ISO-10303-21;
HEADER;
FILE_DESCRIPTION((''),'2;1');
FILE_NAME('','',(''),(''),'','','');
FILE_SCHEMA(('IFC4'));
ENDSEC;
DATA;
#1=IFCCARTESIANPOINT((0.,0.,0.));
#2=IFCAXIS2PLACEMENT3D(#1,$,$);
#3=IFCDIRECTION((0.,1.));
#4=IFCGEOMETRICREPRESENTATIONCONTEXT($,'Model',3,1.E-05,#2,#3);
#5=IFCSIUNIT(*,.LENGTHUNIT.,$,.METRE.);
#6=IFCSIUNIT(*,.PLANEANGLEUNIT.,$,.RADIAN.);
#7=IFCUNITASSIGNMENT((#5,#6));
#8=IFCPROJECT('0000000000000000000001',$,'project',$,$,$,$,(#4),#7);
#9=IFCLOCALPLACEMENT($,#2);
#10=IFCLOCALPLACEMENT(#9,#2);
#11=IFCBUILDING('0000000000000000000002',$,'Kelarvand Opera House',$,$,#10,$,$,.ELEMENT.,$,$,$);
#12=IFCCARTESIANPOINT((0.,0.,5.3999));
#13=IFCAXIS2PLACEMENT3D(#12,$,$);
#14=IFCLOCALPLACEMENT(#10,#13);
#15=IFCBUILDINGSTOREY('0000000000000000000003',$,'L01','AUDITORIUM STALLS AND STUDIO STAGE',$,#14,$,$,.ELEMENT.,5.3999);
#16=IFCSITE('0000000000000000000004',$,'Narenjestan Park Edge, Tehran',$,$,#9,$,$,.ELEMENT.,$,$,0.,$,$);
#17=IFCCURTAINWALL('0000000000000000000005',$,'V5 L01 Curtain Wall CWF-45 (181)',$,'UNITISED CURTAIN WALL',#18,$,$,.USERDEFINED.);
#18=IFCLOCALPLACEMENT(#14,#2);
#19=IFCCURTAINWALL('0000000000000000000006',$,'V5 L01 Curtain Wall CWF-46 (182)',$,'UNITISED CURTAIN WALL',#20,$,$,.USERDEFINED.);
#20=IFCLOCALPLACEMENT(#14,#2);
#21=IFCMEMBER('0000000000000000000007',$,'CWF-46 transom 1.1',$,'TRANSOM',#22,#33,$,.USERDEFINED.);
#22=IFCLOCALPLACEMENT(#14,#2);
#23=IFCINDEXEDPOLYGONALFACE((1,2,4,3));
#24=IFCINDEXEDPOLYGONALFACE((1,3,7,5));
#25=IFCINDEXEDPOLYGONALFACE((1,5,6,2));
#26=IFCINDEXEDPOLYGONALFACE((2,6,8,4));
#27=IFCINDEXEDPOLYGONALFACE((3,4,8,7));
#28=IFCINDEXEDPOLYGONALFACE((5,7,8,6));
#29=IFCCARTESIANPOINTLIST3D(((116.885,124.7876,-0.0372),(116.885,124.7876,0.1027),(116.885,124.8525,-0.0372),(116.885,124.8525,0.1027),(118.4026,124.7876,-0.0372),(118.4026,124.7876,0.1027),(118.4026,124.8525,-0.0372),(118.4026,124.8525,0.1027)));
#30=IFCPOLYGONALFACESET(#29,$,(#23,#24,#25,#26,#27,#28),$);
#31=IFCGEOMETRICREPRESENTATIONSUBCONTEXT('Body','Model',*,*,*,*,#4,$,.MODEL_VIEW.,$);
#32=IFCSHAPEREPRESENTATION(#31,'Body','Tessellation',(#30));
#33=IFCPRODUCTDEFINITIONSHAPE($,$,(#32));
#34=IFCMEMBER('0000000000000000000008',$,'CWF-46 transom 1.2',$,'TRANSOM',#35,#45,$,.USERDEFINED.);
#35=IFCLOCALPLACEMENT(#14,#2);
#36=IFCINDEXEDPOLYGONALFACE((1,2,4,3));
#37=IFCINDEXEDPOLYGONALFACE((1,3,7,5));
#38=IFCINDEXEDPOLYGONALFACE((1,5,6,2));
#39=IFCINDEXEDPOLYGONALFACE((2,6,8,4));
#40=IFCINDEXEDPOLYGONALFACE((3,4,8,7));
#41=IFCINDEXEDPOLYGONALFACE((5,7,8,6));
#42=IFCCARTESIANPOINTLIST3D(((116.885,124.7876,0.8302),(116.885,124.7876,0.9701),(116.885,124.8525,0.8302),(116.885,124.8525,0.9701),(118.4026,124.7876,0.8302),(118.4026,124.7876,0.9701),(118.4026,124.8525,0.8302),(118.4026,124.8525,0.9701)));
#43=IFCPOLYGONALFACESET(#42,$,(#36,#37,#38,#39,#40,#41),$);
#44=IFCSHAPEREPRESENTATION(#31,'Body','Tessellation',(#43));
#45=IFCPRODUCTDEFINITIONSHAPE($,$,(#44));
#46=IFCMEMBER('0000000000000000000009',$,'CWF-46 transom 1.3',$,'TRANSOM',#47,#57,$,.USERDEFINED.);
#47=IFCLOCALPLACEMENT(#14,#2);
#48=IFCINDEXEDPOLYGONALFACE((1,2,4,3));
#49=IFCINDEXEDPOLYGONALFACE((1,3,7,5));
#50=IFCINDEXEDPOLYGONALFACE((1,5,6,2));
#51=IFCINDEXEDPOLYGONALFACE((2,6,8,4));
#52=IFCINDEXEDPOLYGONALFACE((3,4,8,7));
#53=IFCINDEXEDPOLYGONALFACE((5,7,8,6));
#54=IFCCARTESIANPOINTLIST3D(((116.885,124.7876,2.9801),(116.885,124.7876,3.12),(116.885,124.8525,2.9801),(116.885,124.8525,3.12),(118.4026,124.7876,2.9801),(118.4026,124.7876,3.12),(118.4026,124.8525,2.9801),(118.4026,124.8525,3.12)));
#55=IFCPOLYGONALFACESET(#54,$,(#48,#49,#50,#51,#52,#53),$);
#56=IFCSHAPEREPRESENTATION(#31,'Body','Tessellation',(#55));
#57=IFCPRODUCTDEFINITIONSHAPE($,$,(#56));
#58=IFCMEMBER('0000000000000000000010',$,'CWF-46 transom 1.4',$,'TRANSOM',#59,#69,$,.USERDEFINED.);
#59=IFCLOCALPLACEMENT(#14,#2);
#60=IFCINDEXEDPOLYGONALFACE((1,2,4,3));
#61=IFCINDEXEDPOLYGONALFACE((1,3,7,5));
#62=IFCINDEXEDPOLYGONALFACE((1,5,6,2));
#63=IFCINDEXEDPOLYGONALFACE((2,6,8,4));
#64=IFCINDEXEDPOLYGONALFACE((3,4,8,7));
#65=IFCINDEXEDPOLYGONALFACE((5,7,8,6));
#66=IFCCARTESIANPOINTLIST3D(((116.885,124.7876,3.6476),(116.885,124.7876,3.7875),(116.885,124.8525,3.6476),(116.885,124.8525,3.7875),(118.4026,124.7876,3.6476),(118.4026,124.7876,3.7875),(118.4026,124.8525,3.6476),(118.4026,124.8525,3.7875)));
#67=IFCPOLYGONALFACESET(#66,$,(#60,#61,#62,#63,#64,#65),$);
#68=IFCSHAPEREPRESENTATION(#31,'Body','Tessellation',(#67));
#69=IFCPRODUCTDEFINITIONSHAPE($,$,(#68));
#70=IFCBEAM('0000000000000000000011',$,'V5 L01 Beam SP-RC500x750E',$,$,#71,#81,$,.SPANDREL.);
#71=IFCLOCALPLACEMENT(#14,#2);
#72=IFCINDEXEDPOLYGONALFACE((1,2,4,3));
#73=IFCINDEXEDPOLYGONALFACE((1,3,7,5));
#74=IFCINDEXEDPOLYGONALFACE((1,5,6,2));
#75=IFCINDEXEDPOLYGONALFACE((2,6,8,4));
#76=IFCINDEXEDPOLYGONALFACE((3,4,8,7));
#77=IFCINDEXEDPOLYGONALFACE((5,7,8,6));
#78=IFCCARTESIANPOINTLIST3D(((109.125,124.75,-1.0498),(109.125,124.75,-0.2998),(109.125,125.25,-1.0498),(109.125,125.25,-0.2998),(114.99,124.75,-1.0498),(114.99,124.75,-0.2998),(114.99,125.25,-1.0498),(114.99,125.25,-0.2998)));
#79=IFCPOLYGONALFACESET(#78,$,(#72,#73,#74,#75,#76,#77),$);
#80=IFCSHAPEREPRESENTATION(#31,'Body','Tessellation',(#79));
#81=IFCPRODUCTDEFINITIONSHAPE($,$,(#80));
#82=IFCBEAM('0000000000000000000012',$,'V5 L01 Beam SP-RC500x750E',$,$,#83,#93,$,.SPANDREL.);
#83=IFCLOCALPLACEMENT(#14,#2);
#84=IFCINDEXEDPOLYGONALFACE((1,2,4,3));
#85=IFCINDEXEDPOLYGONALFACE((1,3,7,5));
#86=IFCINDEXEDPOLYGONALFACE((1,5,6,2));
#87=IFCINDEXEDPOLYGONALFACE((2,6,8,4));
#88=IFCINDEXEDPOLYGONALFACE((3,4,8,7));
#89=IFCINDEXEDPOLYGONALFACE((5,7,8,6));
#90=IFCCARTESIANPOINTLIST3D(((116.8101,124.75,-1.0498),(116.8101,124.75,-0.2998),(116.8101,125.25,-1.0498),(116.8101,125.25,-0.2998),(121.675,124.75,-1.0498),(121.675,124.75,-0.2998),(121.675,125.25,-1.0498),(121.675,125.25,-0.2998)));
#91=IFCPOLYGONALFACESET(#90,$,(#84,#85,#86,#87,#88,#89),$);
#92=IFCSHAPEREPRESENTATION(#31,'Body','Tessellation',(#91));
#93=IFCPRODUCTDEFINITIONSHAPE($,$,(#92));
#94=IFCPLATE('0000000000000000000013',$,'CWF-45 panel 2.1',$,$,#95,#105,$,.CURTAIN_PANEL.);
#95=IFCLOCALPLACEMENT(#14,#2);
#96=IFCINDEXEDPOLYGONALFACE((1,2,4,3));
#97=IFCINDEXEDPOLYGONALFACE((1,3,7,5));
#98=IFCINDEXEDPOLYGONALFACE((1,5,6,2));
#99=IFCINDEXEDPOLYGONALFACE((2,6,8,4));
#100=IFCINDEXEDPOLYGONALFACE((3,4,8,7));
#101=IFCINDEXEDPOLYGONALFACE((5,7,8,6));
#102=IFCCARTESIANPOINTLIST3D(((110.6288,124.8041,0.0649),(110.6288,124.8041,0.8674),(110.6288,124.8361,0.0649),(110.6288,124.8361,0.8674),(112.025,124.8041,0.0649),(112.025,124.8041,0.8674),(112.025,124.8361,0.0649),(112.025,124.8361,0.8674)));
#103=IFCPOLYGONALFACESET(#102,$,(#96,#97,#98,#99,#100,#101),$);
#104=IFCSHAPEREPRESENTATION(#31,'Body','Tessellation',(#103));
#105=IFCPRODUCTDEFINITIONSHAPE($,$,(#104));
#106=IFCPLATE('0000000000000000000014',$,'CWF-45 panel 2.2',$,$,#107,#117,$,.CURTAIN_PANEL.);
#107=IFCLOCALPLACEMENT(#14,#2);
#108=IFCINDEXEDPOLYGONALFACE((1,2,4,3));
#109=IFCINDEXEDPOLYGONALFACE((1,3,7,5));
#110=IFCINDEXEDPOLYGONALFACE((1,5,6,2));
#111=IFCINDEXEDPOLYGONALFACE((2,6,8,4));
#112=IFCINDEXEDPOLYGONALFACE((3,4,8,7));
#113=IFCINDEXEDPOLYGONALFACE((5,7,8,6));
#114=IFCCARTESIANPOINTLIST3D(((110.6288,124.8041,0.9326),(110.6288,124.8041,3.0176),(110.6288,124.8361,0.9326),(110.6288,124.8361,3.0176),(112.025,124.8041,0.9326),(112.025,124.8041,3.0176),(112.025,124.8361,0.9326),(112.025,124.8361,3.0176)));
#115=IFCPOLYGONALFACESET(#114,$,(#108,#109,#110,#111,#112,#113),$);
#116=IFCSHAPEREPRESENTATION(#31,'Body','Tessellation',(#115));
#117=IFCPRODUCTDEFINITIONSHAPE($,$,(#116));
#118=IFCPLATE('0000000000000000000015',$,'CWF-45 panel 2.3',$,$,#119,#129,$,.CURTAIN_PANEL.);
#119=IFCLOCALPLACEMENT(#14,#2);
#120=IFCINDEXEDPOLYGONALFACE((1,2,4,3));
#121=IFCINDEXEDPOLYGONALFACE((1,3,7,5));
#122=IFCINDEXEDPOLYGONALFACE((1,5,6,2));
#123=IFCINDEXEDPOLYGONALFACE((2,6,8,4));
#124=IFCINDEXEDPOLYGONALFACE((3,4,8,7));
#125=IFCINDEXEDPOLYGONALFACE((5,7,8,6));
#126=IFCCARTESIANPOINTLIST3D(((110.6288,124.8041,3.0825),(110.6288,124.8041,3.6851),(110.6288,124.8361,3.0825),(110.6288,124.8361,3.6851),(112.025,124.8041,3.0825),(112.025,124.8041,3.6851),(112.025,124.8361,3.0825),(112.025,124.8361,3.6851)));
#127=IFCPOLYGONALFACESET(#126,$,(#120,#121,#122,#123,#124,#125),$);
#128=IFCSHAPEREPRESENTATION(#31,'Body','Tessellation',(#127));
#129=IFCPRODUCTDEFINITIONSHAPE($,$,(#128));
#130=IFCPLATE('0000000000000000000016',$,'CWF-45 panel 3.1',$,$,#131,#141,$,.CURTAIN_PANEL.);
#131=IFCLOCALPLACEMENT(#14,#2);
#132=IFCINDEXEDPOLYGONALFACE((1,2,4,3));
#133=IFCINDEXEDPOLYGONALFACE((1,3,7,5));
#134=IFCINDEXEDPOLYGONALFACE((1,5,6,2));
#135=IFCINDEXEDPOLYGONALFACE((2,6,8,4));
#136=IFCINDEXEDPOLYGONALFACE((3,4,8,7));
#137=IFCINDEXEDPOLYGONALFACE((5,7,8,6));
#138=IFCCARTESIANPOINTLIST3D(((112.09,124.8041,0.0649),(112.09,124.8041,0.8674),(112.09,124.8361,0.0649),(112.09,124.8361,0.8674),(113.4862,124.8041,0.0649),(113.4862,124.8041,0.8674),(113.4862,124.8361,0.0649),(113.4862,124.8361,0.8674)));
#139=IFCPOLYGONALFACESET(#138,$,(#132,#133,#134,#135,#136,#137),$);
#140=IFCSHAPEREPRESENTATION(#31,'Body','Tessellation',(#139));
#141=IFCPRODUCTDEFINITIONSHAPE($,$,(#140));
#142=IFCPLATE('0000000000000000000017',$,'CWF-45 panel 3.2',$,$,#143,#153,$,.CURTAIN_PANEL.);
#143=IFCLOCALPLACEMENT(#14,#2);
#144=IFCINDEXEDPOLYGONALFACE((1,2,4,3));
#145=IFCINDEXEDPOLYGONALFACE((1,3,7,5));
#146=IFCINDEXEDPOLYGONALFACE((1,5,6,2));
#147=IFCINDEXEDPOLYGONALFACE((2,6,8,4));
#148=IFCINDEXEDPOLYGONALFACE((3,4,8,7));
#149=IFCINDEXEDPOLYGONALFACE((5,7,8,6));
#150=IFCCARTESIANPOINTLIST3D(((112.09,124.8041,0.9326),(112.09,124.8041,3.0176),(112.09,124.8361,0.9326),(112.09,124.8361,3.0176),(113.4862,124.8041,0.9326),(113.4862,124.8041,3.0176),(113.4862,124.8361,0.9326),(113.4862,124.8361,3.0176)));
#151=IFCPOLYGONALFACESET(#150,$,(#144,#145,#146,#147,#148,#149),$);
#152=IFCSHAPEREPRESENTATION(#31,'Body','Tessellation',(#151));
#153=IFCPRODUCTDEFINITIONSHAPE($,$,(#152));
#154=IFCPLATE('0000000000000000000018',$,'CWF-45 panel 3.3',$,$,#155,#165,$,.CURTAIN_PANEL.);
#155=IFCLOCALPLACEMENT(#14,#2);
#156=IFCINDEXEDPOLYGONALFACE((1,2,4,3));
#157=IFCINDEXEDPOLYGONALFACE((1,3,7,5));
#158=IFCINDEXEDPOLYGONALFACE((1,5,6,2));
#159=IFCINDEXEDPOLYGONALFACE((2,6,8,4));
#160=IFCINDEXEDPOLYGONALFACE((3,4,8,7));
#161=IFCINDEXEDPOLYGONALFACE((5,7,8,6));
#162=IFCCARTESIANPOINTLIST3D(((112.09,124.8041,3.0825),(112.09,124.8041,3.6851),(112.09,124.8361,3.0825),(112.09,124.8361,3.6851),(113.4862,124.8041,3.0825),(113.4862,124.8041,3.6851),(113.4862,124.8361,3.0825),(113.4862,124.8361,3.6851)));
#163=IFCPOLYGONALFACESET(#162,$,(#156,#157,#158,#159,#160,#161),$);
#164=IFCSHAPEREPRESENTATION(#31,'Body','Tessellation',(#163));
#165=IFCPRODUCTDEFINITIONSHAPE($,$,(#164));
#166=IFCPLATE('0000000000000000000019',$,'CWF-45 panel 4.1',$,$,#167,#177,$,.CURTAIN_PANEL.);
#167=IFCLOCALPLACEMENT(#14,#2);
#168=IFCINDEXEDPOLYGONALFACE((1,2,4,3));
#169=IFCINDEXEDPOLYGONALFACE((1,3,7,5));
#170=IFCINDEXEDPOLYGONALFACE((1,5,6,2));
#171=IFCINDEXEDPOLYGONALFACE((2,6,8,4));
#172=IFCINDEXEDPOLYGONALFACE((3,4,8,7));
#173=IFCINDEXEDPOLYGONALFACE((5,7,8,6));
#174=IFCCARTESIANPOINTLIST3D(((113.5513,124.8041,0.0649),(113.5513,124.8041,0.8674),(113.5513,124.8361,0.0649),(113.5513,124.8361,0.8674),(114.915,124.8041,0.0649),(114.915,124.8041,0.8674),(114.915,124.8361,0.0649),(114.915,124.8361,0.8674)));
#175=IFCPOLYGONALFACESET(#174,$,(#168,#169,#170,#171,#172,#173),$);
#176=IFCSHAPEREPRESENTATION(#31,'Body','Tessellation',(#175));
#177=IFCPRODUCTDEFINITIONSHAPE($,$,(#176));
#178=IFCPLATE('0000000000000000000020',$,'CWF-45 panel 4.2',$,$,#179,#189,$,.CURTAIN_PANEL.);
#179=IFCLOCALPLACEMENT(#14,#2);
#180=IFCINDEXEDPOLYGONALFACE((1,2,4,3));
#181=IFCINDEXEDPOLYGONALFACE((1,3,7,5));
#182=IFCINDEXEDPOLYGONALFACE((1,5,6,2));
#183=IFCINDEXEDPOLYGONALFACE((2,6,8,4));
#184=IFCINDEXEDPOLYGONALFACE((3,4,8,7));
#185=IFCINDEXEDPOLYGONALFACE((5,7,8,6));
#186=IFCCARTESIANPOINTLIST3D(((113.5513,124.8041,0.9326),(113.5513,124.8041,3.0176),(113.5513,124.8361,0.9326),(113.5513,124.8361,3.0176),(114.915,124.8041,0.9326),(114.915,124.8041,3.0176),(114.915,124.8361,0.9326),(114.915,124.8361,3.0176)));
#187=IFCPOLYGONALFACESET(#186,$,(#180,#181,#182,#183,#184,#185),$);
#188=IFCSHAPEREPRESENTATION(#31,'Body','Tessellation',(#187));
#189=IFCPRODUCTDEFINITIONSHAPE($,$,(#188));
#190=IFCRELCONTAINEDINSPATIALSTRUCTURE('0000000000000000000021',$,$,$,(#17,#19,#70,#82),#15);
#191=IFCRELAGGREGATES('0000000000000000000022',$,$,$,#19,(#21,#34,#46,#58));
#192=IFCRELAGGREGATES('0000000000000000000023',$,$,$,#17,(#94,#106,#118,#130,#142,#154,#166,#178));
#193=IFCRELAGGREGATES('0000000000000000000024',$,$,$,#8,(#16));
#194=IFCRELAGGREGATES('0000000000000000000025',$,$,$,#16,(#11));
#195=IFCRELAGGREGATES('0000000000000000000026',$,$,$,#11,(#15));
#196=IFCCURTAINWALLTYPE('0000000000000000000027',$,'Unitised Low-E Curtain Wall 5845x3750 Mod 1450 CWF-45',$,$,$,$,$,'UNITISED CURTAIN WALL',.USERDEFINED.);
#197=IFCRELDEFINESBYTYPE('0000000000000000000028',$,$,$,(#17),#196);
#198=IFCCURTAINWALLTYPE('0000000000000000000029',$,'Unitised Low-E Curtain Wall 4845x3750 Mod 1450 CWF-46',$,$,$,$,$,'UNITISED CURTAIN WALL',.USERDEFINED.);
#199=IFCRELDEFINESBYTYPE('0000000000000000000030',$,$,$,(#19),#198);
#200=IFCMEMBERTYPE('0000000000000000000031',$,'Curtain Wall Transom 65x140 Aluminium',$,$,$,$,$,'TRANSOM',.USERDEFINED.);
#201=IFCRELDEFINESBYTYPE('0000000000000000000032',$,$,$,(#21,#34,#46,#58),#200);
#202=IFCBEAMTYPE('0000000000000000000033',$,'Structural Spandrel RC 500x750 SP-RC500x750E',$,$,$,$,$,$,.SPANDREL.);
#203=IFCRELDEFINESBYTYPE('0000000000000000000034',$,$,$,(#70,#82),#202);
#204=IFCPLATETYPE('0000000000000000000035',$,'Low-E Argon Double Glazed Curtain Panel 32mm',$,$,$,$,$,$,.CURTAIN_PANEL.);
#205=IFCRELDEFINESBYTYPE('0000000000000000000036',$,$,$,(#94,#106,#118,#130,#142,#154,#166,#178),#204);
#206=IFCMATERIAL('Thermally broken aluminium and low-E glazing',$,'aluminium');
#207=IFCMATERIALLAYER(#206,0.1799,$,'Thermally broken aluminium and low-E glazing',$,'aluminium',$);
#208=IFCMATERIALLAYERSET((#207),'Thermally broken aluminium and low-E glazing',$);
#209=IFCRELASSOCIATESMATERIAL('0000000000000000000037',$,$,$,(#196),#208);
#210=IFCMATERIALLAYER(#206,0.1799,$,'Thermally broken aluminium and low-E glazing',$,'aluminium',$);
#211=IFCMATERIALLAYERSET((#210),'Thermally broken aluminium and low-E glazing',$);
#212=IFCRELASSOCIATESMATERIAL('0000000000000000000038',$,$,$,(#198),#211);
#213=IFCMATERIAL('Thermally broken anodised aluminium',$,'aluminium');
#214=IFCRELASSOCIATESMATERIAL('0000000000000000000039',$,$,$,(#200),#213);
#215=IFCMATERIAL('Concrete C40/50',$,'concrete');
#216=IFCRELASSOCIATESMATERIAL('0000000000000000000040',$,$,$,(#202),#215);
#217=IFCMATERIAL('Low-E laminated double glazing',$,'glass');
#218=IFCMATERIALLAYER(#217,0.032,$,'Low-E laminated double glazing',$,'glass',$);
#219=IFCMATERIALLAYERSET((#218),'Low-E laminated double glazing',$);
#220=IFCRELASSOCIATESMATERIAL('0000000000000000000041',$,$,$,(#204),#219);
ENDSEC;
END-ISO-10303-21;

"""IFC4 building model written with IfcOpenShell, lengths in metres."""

from ifc_helpers import new_model, si_unit, direction, frame, origin, origin_2d, place, context, subcontext, project, spatial, rectangle, extrude, material, layer, layer_set, material_profile, profile_set, type_object, element, aggregate, save


model = new_model("IFC4")

# Units and contexts
model_context = context("Model", 3, precision=1e-05, world=origin(), true_north=direction((0.0, 1.0)))
body_context = subcontext(model_context, "Body", "Model", "MODEL_VIEW")
ifc_project = project(units=[si_unit("LENGTHUNIT", "METRE"), si_unit("PLANEANGLEUNIT", "RADIAN")], contexts=[model_context])

# Site, building, storey
site_placement = place(None, origin())
site = spatial("IfcSite", under=ifc_project, at=site_placement, Name="Narenjestan Park Edge, Tehran", CompositionType="ELEMENT", RefElevation=0.0)
building_placement = place(site_placement, origin())
building = spatial("IfcBuilding", under=site, at=building_placement, Name="Kelarvand Opera House", CompositionType="ELEMENT")
storey_placement = place(building_placement, frame((0.0, 0.0, 5.3999)))
storey = spatial("IfcBuildingStorey", under=building, at=storey_placement, Name="L01", Description="AUDITORIUM STALLS AND STUDIO STAGE", CompositionType="ELEMENT", Elevation=5.3999)

# Shared definitions
ifc_material_1 = material(Name="Concrete C40/50", Category="concrete")

# Curtain wall
ifc_material_2 = material(Name="Thermally broken aluminium and low-E glazing", Category="aluminium")
ifc_layer_1 = layer(ifc_material_2, 0.1799, Name="Thermally broken aluminium and low-E glazing", Category="aluminium")
ifc_layer_set_1 = layer_set([ifc_layer_1], Name="Thermally broken aluminium and low-E glazing")
curtain_wall_type_1 = type_object("IfcCurtainWallType", Name="Unitised Low-E Curtain Wall 5845x3750 Mod 1450 CWF-45", ElementType="UNITISED CURTAIN WALL", PredefinedType="USERDEFINED", material=ifc_layer_set_1)
curtain_wall_1_placement = place(storey_placement, origin())
curtain_wall_1 = element("IfcCurtainWall", 1, at=curtain_wall_1_placement, inside=storey, type_object=curtain_wall_type_1, Name="V5 L01 Curtain Wall CWF-45 (181)", ObjectType="UNITISED CURTAIN WALL", PredefinedType="USERDEFINED")
ifc_material_3 = material(Name="Thermally broken anodised aluminium", Category="aluminium")

# Curtain wall
ifc_layer_2 = layer(ifc_material_2, 0.1799, Name="Thermally broken aluminium and low-E glazing", Category="aluminium")
ifc_layer_set_2 = layer_set([ifc_layer_2], Name="Thermally broken aluminium and low-E glazing")
curtain_wall_type_2 = type_object("IfcCurtainWallType", Name="Unitised Low-E Curtain Wall 4845x3750 Mod 1450 CWF-46", ElementType="UNITISED CURTAIN WALL", PredefinedType="USERDEFINED", material=ifc_layer_set_2)
curtain_wall_2_placement = place(storey_placement, origin())
curtain_wall_2 = element("IfcCurtainWall", 2, at=curtain_wall_2_placement, inside=storey, type_object=curtain_wall_type_2, Name="V5 L01 Curtain Wall CWF-46 (182)", ObjectType="UNITISED CURTAIN WALL", PredefinedType="USERDEFINED")

# Members
ifc_material_profile_1 = material_profile(ifc_material_3, rectangle(XDim=0.0649, YDim=0.1399, at=origin_2d()), Name="ALU TRANSOM 65x140", Category="aluminium")
ifc_profile_set_1 = profile_set([ifc_material_profile_1], Name="Thermally broken anodised aluminium")
member_type_1 = type_object("IfcMemberType", Name="Curtain Wall Transom 65x140 Aluminium", ElementType="TRANSOM", PredefinedType="USERDEFINED", material=ifc_profile_set_1)
member_1_placement = place(storey_placement, frame((116.885, 124.8201, 0.0327), z_axis=(1.0, 0.0, 0.0), x_axis=(0.0, 1.0, 0.0)))
member_1 = element("IfcMember", 3, at=member_1_placement, type_object=member_type_1, Name="CWF-46 transom 1.1", ObjectType="TRANSOM", PredefinedType="USERDEFINED", context=body_context, shape_type="SweptSolid", body=[
    extrude(rectangle(XDim=0.0649, YDim=0.1399, at=origin_2d()), origin(), (0.0, 0.0, 1.0), 1.5176),
])
member_2_placement = place(storey_placement, frame((116.885, 124.8201, 0.9001), z_axis=(1.0, 0.0, 0.0), x_axis=(0.0, 1.0, 0.0)))
member_2 = element("IfcMember", 4, at=member_2_placement, type_object=member_type_1, Name="CWF-46 transom 1.2", ObjectType="TRANSOM", PredefinedType="USERDEFINED", context=body_context, shape_type="SweptSolid", body=[
    extrude(rectangle(XDim=0.0649, YDim=0.1399, at=origin_2d()), origin(), (0.0, 0.0, 1.0), 1.5176),
])
member_3_placement = place(storey_placement, frame((116.885, 124.8201, 3.05), z_axis=(1.0, 0.0, 0.0), x_axis=(0.0, 1.0, 0.0)))
member_3 = element("IfcMember", 5, at=member_3_placement, type_object=member_type_1, Name="CWF-46 transom 1.3", ObjectType="TRANSOM", PredefinedType="USERDEFINED", context=body_context, shape_type="SweptSolid", body=[
    extrude(rectangle(XDim=0.0649, YDim=0.1399, at=origin_2d()), origin(), (0.0, 0.0, 1.0), 1.5176),
])
member_4_placement = place(storey_placement, frame((116.885, 124.8201, 3.7175), z_axis=(1.0, 0.0, 0.0), x_axis=(0.0, 1.0, 0.0)))
member_4 = element("IfcMember", 6, at=member_4_placement, type_object=member_type_1, Name="CWF-46 transom 1.4", ObjectType="TRANSOM", PredefinedType="USERDEFINED", context=body_context, shape_type="SweptSolid", body=[
    extrude(rectangle(XDim=0.0649, YDim=0.1399, at=origin_2d()), origin(), (0.0, 0.0, 1.0), 1.5176),
])
aggregate(curtain_wall_2, [member_1, member_2, member_3, member_4])

# Beams
ifc_material_profile_2 = material_profile(ifc_material_1, rectangle(XDim=0.5, YDim=0.75, at=origin_2d()), Name="RC 500x750", Category="concrete")
ifc_profile_set_2 = profile_set([ifc_material_profile_2], Name="Concrete C40/50")
beam_type = type_object("IfcBeamType", Name="Structural Spandrel RC 500x750 SP-RC500x750E", PredefinedType="SPANDREL", material=ifc_profile_set_2)
beam_1_placement = place(storey_placement, frame((109.125, 125.0, -0.6748), z_axis=(1.0, 0.0, 0.0), x_axis=(0.0, 1.0, 0.0)))
element("IfcBeam", 7, at=beam_1_placement, inside=storey, type_object=beam_type, Name="V5 L01 Beam SP-RC500x750E", PredefinedType="SPANDREL", context=body_context, shape_type="SweptSolid", body=[
    extrude(rectangle(XDim=0.5, YDim=0.75, at=origin_2d()), origin(), (0.0, 0.0, 1.0), 5.865),
])
beam_2_placement = place(storey_placement, frame((116.8101, 125.0, -0.6748), z_axis=(1.0, 0.0, 0.0), x_axis=(0.0, 1.0, 0.0)))
element("IfcBeam", 8, at=beam_2_placement, inside=storey, type_object=beam_type, Name="V5 L01 Beam SP-RC500x750E", PredefinedType="SPANDREL", context=body_context, shape_type="SweptSolid", body=[
    extrude(rectangle(XDim=0.5, YDim=0.75, at=origin_2d()), origin(), (0.0, 0.0, 1.0), 4.865),
])

# Plates
ifc_material_4 = material(Name="Low-E laminated double glazing", Category="glass")
ifc_layer_3 = layer(ifc_material_4, 0.032, Name="Low-E laminated double glazing", Category="glass")
ifc_layer_set_3 = layer_set([ifc_layer_3], Name="Low-E laminated double glazing")
plate_type = type_object("IfcPlateType", Name="Low-E Argon Double Glazed Curtain Panel 32mm", PredefinedType="CURTAIN_PANEL", material=ifc_layer_set_3)
plate_1_placement = place(storey_placement, frame((111.3269, 124.8201, 0.0649), z_axis=(0.0, 0.0, 1.0), x_axis=(1.0, 0.0, 0.0)))
plate_1 = element("IfcPlate", 9, at=plate_1_placement, type_object=plate_type, Name="CWF-45 panel 2.1", PredefinedType="CURTAIN_PANEL", context=body_context, shape_type="SweptSolid", body=[
    extrude(rectangle(XDim=1.3962, YDim=0.032, at=origin_2d()), origin(), (0.0, 0.0, 1.0), 0.8025),
])
plate_2_placement = place(storey_placement, frame((111.3269, 124.8201, 0.9326), z_axis=(0.0, 0.0, 1.0), x_axis=(1.0, 0.0, 0.0)))
plate_2 = element("IfcPlate", 10, at=plate_2_placement, type_object=plate_type, Name="CWF-45 panel 2.2", PredefinedType="CURTAIN_PANEL", context=body_context, shape_type="SweptSolid", body=[
    extrude(rectangle(XDim=1.3962, YDim=0.032, at=origin_2d()), origin(), (0.0, 0.0, 1.0), 2.085),
])
plate_3_placement = place(storey_placement, frame((111.3269, 124.8201, 3.0825), z_axis=(0.0, 0.0, 1.0), x_axis=(1.0, 0.0, 0.0)))
plate_3 = element("IfcPlate", 11, at=plate_3_placement, type_object=plate_type, Name="CWF-45 panel 2.3", PredefinedType="CURTAIN_PANEL", context=body_context, shape_type="SweptSolid", body=[
    extrude(rectangle(XDim=1.3962, YDim=0.032, at=origin_2d()), origin(), (0.0, 0.0, 1.0), 0.6025),
])
plate_4_placement = place(storey_placement, frame((112.7881, 124.8201, 0.0649), z_axis=(0.0, 0.0, 1.0), x_axis=(1.0, 0.0, 0.0)))
plate_4 = element("IfcPlate", 12, at=plate_4_placement, type_object=plate_type, Name="CWF-45 panel 3.1", PredefinedType="CURTAIN_PANEL", context=body_context, shape_type="SweptSolid", body=[
    extrude(rectangle(XDim=1.3962, YDim=0.032, at=origin_2d()), origin(), (0.0, 0.0, 1.0), 0.8025),
])
plate_5_placement = place(storey_placement, frame((112.7881, 124.8201, 0.9326), z_axis=(0.0, 0.0, 1.0), x_axis=(1.0, 0.0, 0.0)))
plate_5 = element("IfcPlate", 13, at=plate_5_placement, type_object=plate_type, Name="CWF-45 panel 3.2", PredefinedType="CURTAIN_PANEL", context=body_context, shape_type="SweptSolid", body=[
    extrude(rectangle(XDim=1.3962, YDim=0.032, at=origin_2d()), origin(), (0.0, 0.0, 1.0), 2.085),
])
plate_6_placement = place(storey_placement, frame((112.7881, 124.8201, 3.0825), z_axis=(0.0, 0.0, 1.0), x_axis=(1.0, 0.0, 0.0)))
plate_6 = element("IfcPlate", 14, at=plate_6_placement, type_object=plate_type, Name="CWF-45 panel 3.3", PredefinedType="CURTAIN_PANEL", context=body_context, shape_type="SweptSolid", body=[
    extrude(rectangle(XDim=1.3962, YDim=0.032, at=origin_2d()), origin(), (0.0, 0.0, 1.0), 0.6025),
])
plate_7_placement = place(storey_placement, frame((114.2332, 124.8201, 0.0649), z_axis=(0.0, 0.0, 1.0), x_axis=(1.0, 0.0, 0.0)))
plate_7 = element("IfcPlate", 15, at=plate_7_placement, type_object=plate_type, Name="CWF-45 panel 4.1", PredefinedType="CURTAIN_PANEL", context=body_context, shape_type="SweptSolid", body=[
    extrude(rectangle(XDim=1.3638, YDim=0.032, at=origin_2d()), origin(), (0.0, 0.0, 1.0), 0.8025),
])
plate_8_placement = place(storey_placement, frame((114.2332, 124.8201, 0.9326), z_axis=(0.0, 0.0, 1.0), x_axis=(1.0, 0.0, 0.0)))
plate_8 = element("IfcPlate", 16, at=plate_8_placement, type_object=plate_type, Name="CWF-45 panel 4.2", PredefinedType="CURTAIN_PANEL", context=body_context, shape_type="SweptSolid", body=[
    extrude(rectangle(XDim=1.3638, YDim=0.032, at=origin_2d()), origin(), (0.0, 0.0, 1.0), 2.085),
])
aggregate(curtain_wall_1, [plate_1, plate_2, plate_3, plate_4, plate_5, plate_6, plate_7, plate_8])

save(model, "model.ifc")
